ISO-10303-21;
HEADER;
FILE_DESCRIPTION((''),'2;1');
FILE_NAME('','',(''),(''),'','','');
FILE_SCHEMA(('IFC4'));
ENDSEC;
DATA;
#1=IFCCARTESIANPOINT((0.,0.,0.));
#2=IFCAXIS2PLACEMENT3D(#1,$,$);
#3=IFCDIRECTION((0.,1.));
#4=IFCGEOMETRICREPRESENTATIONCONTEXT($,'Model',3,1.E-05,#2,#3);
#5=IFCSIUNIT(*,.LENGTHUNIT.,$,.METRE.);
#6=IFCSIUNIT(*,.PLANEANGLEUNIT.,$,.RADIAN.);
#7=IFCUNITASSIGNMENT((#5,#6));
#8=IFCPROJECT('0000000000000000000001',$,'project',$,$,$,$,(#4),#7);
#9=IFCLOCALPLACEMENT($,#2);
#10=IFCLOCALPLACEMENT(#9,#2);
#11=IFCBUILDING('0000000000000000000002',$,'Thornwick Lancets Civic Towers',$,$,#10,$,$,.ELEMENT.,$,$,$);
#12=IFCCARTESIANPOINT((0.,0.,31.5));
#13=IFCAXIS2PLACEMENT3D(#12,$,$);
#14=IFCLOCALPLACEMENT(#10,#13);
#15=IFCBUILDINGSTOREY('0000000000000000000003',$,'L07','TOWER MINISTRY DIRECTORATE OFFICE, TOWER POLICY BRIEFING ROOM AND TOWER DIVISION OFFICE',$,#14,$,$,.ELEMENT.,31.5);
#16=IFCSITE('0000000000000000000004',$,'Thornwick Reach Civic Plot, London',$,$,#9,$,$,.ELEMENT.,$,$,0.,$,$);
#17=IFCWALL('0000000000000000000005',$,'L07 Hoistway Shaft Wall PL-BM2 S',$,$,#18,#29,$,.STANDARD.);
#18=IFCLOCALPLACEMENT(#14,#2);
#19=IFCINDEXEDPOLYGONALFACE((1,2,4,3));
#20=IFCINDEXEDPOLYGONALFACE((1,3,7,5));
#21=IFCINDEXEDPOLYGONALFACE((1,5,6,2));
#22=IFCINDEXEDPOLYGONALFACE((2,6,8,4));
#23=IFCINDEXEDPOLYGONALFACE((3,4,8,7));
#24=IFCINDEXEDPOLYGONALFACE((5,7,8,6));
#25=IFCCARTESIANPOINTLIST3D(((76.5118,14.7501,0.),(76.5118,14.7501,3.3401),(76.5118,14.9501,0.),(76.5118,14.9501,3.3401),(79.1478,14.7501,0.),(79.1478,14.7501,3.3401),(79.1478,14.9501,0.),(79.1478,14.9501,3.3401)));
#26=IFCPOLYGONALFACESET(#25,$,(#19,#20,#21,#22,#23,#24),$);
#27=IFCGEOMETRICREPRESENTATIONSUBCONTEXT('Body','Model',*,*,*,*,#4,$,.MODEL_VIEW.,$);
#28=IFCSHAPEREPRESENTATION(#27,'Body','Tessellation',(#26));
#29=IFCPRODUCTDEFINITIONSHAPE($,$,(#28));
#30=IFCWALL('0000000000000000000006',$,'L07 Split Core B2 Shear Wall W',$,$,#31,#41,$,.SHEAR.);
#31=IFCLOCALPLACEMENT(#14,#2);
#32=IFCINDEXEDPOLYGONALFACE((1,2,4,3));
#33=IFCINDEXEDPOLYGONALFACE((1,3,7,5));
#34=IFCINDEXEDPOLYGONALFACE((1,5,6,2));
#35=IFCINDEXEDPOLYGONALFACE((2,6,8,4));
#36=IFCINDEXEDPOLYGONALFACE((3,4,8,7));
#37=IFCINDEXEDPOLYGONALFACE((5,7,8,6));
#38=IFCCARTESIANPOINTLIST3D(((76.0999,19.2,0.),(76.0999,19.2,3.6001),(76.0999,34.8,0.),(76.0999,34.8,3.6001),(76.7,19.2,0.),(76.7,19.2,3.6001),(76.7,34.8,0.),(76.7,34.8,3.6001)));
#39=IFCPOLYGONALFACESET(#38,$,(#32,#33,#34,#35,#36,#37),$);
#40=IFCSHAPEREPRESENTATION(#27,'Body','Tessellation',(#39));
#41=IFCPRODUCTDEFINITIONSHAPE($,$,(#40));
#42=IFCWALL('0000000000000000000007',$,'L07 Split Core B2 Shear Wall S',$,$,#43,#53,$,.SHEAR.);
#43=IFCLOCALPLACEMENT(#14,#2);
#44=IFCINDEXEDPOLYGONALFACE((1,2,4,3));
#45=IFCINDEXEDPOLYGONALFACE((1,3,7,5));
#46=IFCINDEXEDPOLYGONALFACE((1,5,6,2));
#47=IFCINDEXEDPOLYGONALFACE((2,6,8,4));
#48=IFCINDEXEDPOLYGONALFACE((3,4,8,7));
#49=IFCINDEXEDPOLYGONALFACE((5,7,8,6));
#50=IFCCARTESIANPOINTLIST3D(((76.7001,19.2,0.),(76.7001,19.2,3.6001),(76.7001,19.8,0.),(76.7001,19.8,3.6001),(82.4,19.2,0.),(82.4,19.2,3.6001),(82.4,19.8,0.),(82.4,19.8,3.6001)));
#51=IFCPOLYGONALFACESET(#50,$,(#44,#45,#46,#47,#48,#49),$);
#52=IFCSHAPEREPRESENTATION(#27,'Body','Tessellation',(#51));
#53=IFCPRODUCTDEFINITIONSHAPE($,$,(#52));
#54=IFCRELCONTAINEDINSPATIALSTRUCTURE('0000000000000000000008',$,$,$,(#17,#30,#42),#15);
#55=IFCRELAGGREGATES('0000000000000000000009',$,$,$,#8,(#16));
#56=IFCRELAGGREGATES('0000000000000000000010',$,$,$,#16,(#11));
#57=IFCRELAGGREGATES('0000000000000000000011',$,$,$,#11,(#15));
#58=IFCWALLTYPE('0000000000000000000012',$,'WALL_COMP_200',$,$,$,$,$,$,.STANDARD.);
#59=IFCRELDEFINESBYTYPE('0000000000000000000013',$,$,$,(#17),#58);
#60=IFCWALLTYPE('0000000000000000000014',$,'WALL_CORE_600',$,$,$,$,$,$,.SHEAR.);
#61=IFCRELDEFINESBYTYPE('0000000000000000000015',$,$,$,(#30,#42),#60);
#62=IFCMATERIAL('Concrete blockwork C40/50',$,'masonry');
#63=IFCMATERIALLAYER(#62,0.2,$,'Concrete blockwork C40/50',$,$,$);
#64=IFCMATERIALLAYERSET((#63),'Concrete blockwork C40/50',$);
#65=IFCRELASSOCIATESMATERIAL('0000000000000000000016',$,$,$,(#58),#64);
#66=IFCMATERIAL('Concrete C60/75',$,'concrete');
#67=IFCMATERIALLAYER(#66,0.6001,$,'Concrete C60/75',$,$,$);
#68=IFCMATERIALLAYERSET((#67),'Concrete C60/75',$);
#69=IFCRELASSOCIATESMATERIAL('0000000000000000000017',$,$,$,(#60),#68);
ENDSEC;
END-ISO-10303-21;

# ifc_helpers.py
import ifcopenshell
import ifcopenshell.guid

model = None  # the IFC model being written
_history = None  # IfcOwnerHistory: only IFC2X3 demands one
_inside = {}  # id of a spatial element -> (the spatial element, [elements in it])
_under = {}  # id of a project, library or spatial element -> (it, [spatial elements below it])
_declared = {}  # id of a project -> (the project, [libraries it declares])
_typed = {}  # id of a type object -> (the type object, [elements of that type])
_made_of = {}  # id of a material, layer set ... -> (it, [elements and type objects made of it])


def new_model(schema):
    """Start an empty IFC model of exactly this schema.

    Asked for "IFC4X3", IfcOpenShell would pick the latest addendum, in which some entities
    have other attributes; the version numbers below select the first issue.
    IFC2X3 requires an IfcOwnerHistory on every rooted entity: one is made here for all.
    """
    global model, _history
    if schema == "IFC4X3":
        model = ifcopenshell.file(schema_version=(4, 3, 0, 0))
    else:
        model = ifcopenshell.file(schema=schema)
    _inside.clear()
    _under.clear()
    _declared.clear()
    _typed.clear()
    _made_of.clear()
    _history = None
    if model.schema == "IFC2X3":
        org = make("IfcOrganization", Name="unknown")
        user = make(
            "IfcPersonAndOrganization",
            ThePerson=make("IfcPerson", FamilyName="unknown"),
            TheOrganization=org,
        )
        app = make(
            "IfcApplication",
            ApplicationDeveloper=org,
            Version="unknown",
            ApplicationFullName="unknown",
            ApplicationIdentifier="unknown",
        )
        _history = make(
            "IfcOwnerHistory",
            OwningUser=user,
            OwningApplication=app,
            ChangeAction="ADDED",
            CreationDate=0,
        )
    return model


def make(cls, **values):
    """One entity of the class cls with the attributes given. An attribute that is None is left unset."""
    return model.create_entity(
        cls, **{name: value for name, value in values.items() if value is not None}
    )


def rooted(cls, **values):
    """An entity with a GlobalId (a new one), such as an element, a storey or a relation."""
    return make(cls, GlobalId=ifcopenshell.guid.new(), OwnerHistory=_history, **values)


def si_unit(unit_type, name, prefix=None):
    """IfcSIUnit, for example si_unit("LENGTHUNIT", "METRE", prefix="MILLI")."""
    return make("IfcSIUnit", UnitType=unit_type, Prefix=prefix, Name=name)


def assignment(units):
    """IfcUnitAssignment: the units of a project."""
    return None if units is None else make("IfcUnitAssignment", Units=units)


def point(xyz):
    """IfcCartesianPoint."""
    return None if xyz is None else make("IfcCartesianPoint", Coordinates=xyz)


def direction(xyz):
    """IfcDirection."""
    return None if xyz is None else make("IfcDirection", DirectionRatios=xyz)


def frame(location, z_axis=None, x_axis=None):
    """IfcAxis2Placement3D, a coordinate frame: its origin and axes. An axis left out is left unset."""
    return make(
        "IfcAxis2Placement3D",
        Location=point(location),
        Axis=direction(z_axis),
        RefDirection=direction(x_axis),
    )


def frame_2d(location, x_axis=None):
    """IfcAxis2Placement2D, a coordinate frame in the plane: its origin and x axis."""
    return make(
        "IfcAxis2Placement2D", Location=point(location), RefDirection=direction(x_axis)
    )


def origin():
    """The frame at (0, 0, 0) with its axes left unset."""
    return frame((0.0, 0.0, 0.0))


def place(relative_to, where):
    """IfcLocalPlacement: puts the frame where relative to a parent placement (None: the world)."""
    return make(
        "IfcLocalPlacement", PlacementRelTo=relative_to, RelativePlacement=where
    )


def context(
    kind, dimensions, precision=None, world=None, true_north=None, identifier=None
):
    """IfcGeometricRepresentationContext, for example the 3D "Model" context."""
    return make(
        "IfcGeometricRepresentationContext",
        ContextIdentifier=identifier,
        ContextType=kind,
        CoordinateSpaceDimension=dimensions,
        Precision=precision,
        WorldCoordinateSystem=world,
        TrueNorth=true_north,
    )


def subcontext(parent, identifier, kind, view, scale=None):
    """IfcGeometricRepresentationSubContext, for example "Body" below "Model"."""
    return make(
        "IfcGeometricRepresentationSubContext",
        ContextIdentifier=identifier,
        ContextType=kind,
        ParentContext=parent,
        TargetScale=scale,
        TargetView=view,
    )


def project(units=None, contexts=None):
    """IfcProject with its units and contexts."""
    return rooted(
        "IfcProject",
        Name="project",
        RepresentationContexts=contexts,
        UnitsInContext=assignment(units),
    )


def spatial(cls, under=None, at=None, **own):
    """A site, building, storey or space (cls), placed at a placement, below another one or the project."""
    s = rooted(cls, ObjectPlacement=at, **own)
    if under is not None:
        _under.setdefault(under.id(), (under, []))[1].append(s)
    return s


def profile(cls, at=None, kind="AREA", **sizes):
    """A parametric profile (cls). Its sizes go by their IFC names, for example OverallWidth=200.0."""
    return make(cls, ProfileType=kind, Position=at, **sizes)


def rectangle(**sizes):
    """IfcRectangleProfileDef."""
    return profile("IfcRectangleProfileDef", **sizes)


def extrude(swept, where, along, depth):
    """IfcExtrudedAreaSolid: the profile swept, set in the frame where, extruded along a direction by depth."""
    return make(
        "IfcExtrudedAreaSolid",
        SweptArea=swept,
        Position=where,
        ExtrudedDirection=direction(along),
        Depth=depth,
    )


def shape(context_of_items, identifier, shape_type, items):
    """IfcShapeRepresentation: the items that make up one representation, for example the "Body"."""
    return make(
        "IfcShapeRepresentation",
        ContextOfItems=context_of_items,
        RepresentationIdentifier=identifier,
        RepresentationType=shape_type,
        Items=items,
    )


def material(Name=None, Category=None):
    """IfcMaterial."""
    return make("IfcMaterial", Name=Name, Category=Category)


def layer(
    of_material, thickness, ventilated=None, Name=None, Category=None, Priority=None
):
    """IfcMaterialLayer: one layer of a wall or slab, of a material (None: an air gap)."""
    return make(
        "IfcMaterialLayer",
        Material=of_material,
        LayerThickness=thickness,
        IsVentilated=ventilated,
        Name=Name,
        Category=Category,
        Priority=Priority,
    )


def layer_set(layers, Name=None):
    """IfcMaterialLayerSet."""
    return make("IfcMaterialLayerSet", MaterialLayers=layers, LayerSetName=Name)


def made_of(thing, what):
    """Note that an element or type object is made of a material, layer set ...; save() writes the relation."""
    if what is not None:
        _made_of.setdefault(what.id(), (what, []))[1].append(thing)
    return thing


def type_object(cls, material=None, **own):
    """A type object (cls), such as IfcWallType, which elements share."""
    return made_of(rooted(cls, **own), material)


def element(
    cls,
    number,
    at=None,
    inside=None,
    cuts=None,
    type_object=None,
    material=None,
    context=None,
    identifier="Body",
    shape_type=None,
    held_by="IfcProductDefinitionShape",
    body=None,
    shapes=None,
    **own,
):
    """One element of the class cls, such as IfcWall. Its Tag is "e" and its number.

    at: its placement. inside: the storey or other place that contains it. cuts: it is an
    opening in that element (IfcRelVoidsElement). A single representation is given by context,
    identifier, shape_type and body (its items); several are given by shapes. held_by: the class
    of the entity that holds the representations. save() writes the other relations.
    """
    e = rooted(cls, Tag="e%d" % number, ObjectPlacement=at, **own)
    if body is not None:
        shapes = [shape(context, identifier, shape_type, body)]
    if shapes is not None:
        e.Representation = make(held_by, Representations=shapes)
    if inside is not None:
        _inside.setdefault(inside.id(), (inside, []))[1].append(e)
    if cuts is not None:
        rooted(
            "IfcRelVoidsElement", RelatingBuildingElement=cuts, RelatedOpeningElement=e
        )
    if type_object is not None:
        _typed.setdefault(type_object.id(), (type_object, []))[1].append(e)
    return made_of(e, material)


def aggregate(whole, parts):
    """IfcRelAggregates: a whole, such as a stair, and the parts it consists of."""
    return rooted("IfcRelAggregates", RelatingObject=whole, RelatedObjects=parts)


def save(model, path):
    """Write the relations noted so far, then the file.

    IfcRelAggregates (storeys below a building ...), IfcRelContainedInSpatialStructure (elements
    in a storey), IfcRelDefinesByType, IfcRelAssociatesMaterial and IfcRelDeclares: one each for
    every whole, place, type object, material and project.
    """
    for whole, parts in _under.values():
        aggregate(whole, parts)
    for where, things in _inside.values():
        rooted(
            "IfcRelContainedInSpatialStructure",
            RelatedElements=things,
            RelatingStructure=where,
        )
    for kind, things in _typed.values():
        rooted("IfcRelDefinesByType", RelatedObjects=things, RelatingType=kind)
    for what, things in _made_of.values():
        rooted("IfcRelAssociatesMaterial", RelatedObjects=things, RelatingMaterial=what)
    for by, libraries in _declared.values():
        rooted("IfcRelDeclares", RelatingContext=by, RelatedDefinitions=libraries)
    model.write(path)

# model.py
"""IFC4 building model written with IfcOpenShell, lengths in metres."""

from ifc_helpers import new_model, si_unit, direction, frame, frame_2d, origin, place, context, subcontext, project, spatial, rectangle, extrude, material, layer, layer_set, type_object, element, save


model = new_model("IFC4")

# Units and contexts
model_context = context("Model", 3, precision=1e-05, world=origin(), true_north=direction((0.0, 1.0)))
body_context = subcontext(model_context, "Body", "Model", "MODEL_VIEW")
ifc_project = project(units=[si_unit("LENGTHUNIT", "METRE"), si_unit("PLANEANGLEUNIT", "RADIAN")], contexts=[model_context])

# Site, building, storey
site_placement = place(None, origin())
site = spatial("IfcSite", under=ifc_project, at=site_placement, Name="Thornwick Reach Civic Plot, London", CompositionType="ELEMENT", RefElevation=0.0)
building_placement = place(site_placement, origin())
building = spatial("IfcBuilding", under=site, at=building_placement, Name="Thornwick Lancets Civic Towers", CompositionType="ELEMENT")
storey_placement = place(building_placement, frame((0.0, 0.0, 31.5)))
storey = spatial("IfcBuildingStorey", under=building, at=storey_placement, Name="L07", Description="TOWER MINISTRY DIRECTORATE OFFICE, TOWER POLICY BRIEFING ROOM AND TOWER DIVISION OFFICE", CompositionType="ELEMENT", Elevation=31.5)

# Shared definitions
ifc_material_1 = material(Name="Concrete C60/75", Category="concrete")

# Walls
ifc_material_2 = material(Name="Concrete blockwork C40/50", Category="masonry")
ifc_layer_1 = layer(ifc_material_2, 0.2, Name="Concrete blockwork C40/50")
ifc_layer_set_1 = layer_set([ifc_layer_1], Name="Concrete blockwork C40/50")
wall_type_1 = type_object("IfcWallType", Name="WALL_COMP_200", PredefinedType="STANDARD", material=ifc_layer_set_1)
wall_1_placement = place(storey_placement, frame((76.512, 14.8501, 0.0), z_axis=(0.0, 0.0, 1.0), x_axis=(1.0, 0.0, 0.0)))
element("IfcWall", 1, at=wall_1_placement, inside=storey, type_object=wall_type_1, Name="L07 Hoistway Shaft Wall PL-BM2 S", PredefinedType="STANDARD", context=body_context, shape_type="SweptSolid", body=[
    extrude(rectangle(XDim=2.636, YDim=0.2, at=frame_2d((1.3179, 0.0))), origin(), (0.0, 0.0, 1.0), 3.3401),
])
ifc_layer_2 = layer(ifc_material_1, 0.6001, Name="Concrete C60/75")
ifc_layer_set_2 = layer_set([ifc_layer_2], Name="Concrete C60/75")
wall_type_2 = type_object("IfcWallType", Name="WALL_CORE_600", PredefinedType="SHEAR", material=ifc_layer_set_2)
wall_2_placement = place(storey_placement, frame((76.3999, 19.2, 0.0), z_axis=(0.0, 0.0, 1.0), x_axis=(0.0, 1.0, 0.0)))
element("IfcWall", 2, at=wall_2_placement, inside=storey, type_object=wall_type_2, Name="L07 Split Core B2 Shear Wall W", PredefinedType="SHEAR", context=body_context, shape_type="SweptSolid", body=[
    extrude(rectangle(XDim=15.6001, YDim=0.6001, at=frame_2d((7.8, 0.0))), origin(), (0.0, 0.0, 1.0), 3.6001),
])
wall_3_placement = place(storey_placement, frame((76.7, 19.5, 0.0), z_axis=(0.0, 0.0, 1.0), x_axis=(1.0, 0.0, 0.0)))
element("IfcWall", 3, at=wall_3_placement, inside=storey, type_object=wall_type_2, Name="L07 Split Core B2 Shear Wall S", PredefinedType="SHEAR", context=body_context, shape_type="SweptSolid", body=[
    extrude(rectangle(XDim=5.7, YDim=0.6001, at=frame_2d((2.8501, 0.0))), origin(), (0.0, 0.0, 1.0), 3.6001),
])

save(model, "model.ifc")
